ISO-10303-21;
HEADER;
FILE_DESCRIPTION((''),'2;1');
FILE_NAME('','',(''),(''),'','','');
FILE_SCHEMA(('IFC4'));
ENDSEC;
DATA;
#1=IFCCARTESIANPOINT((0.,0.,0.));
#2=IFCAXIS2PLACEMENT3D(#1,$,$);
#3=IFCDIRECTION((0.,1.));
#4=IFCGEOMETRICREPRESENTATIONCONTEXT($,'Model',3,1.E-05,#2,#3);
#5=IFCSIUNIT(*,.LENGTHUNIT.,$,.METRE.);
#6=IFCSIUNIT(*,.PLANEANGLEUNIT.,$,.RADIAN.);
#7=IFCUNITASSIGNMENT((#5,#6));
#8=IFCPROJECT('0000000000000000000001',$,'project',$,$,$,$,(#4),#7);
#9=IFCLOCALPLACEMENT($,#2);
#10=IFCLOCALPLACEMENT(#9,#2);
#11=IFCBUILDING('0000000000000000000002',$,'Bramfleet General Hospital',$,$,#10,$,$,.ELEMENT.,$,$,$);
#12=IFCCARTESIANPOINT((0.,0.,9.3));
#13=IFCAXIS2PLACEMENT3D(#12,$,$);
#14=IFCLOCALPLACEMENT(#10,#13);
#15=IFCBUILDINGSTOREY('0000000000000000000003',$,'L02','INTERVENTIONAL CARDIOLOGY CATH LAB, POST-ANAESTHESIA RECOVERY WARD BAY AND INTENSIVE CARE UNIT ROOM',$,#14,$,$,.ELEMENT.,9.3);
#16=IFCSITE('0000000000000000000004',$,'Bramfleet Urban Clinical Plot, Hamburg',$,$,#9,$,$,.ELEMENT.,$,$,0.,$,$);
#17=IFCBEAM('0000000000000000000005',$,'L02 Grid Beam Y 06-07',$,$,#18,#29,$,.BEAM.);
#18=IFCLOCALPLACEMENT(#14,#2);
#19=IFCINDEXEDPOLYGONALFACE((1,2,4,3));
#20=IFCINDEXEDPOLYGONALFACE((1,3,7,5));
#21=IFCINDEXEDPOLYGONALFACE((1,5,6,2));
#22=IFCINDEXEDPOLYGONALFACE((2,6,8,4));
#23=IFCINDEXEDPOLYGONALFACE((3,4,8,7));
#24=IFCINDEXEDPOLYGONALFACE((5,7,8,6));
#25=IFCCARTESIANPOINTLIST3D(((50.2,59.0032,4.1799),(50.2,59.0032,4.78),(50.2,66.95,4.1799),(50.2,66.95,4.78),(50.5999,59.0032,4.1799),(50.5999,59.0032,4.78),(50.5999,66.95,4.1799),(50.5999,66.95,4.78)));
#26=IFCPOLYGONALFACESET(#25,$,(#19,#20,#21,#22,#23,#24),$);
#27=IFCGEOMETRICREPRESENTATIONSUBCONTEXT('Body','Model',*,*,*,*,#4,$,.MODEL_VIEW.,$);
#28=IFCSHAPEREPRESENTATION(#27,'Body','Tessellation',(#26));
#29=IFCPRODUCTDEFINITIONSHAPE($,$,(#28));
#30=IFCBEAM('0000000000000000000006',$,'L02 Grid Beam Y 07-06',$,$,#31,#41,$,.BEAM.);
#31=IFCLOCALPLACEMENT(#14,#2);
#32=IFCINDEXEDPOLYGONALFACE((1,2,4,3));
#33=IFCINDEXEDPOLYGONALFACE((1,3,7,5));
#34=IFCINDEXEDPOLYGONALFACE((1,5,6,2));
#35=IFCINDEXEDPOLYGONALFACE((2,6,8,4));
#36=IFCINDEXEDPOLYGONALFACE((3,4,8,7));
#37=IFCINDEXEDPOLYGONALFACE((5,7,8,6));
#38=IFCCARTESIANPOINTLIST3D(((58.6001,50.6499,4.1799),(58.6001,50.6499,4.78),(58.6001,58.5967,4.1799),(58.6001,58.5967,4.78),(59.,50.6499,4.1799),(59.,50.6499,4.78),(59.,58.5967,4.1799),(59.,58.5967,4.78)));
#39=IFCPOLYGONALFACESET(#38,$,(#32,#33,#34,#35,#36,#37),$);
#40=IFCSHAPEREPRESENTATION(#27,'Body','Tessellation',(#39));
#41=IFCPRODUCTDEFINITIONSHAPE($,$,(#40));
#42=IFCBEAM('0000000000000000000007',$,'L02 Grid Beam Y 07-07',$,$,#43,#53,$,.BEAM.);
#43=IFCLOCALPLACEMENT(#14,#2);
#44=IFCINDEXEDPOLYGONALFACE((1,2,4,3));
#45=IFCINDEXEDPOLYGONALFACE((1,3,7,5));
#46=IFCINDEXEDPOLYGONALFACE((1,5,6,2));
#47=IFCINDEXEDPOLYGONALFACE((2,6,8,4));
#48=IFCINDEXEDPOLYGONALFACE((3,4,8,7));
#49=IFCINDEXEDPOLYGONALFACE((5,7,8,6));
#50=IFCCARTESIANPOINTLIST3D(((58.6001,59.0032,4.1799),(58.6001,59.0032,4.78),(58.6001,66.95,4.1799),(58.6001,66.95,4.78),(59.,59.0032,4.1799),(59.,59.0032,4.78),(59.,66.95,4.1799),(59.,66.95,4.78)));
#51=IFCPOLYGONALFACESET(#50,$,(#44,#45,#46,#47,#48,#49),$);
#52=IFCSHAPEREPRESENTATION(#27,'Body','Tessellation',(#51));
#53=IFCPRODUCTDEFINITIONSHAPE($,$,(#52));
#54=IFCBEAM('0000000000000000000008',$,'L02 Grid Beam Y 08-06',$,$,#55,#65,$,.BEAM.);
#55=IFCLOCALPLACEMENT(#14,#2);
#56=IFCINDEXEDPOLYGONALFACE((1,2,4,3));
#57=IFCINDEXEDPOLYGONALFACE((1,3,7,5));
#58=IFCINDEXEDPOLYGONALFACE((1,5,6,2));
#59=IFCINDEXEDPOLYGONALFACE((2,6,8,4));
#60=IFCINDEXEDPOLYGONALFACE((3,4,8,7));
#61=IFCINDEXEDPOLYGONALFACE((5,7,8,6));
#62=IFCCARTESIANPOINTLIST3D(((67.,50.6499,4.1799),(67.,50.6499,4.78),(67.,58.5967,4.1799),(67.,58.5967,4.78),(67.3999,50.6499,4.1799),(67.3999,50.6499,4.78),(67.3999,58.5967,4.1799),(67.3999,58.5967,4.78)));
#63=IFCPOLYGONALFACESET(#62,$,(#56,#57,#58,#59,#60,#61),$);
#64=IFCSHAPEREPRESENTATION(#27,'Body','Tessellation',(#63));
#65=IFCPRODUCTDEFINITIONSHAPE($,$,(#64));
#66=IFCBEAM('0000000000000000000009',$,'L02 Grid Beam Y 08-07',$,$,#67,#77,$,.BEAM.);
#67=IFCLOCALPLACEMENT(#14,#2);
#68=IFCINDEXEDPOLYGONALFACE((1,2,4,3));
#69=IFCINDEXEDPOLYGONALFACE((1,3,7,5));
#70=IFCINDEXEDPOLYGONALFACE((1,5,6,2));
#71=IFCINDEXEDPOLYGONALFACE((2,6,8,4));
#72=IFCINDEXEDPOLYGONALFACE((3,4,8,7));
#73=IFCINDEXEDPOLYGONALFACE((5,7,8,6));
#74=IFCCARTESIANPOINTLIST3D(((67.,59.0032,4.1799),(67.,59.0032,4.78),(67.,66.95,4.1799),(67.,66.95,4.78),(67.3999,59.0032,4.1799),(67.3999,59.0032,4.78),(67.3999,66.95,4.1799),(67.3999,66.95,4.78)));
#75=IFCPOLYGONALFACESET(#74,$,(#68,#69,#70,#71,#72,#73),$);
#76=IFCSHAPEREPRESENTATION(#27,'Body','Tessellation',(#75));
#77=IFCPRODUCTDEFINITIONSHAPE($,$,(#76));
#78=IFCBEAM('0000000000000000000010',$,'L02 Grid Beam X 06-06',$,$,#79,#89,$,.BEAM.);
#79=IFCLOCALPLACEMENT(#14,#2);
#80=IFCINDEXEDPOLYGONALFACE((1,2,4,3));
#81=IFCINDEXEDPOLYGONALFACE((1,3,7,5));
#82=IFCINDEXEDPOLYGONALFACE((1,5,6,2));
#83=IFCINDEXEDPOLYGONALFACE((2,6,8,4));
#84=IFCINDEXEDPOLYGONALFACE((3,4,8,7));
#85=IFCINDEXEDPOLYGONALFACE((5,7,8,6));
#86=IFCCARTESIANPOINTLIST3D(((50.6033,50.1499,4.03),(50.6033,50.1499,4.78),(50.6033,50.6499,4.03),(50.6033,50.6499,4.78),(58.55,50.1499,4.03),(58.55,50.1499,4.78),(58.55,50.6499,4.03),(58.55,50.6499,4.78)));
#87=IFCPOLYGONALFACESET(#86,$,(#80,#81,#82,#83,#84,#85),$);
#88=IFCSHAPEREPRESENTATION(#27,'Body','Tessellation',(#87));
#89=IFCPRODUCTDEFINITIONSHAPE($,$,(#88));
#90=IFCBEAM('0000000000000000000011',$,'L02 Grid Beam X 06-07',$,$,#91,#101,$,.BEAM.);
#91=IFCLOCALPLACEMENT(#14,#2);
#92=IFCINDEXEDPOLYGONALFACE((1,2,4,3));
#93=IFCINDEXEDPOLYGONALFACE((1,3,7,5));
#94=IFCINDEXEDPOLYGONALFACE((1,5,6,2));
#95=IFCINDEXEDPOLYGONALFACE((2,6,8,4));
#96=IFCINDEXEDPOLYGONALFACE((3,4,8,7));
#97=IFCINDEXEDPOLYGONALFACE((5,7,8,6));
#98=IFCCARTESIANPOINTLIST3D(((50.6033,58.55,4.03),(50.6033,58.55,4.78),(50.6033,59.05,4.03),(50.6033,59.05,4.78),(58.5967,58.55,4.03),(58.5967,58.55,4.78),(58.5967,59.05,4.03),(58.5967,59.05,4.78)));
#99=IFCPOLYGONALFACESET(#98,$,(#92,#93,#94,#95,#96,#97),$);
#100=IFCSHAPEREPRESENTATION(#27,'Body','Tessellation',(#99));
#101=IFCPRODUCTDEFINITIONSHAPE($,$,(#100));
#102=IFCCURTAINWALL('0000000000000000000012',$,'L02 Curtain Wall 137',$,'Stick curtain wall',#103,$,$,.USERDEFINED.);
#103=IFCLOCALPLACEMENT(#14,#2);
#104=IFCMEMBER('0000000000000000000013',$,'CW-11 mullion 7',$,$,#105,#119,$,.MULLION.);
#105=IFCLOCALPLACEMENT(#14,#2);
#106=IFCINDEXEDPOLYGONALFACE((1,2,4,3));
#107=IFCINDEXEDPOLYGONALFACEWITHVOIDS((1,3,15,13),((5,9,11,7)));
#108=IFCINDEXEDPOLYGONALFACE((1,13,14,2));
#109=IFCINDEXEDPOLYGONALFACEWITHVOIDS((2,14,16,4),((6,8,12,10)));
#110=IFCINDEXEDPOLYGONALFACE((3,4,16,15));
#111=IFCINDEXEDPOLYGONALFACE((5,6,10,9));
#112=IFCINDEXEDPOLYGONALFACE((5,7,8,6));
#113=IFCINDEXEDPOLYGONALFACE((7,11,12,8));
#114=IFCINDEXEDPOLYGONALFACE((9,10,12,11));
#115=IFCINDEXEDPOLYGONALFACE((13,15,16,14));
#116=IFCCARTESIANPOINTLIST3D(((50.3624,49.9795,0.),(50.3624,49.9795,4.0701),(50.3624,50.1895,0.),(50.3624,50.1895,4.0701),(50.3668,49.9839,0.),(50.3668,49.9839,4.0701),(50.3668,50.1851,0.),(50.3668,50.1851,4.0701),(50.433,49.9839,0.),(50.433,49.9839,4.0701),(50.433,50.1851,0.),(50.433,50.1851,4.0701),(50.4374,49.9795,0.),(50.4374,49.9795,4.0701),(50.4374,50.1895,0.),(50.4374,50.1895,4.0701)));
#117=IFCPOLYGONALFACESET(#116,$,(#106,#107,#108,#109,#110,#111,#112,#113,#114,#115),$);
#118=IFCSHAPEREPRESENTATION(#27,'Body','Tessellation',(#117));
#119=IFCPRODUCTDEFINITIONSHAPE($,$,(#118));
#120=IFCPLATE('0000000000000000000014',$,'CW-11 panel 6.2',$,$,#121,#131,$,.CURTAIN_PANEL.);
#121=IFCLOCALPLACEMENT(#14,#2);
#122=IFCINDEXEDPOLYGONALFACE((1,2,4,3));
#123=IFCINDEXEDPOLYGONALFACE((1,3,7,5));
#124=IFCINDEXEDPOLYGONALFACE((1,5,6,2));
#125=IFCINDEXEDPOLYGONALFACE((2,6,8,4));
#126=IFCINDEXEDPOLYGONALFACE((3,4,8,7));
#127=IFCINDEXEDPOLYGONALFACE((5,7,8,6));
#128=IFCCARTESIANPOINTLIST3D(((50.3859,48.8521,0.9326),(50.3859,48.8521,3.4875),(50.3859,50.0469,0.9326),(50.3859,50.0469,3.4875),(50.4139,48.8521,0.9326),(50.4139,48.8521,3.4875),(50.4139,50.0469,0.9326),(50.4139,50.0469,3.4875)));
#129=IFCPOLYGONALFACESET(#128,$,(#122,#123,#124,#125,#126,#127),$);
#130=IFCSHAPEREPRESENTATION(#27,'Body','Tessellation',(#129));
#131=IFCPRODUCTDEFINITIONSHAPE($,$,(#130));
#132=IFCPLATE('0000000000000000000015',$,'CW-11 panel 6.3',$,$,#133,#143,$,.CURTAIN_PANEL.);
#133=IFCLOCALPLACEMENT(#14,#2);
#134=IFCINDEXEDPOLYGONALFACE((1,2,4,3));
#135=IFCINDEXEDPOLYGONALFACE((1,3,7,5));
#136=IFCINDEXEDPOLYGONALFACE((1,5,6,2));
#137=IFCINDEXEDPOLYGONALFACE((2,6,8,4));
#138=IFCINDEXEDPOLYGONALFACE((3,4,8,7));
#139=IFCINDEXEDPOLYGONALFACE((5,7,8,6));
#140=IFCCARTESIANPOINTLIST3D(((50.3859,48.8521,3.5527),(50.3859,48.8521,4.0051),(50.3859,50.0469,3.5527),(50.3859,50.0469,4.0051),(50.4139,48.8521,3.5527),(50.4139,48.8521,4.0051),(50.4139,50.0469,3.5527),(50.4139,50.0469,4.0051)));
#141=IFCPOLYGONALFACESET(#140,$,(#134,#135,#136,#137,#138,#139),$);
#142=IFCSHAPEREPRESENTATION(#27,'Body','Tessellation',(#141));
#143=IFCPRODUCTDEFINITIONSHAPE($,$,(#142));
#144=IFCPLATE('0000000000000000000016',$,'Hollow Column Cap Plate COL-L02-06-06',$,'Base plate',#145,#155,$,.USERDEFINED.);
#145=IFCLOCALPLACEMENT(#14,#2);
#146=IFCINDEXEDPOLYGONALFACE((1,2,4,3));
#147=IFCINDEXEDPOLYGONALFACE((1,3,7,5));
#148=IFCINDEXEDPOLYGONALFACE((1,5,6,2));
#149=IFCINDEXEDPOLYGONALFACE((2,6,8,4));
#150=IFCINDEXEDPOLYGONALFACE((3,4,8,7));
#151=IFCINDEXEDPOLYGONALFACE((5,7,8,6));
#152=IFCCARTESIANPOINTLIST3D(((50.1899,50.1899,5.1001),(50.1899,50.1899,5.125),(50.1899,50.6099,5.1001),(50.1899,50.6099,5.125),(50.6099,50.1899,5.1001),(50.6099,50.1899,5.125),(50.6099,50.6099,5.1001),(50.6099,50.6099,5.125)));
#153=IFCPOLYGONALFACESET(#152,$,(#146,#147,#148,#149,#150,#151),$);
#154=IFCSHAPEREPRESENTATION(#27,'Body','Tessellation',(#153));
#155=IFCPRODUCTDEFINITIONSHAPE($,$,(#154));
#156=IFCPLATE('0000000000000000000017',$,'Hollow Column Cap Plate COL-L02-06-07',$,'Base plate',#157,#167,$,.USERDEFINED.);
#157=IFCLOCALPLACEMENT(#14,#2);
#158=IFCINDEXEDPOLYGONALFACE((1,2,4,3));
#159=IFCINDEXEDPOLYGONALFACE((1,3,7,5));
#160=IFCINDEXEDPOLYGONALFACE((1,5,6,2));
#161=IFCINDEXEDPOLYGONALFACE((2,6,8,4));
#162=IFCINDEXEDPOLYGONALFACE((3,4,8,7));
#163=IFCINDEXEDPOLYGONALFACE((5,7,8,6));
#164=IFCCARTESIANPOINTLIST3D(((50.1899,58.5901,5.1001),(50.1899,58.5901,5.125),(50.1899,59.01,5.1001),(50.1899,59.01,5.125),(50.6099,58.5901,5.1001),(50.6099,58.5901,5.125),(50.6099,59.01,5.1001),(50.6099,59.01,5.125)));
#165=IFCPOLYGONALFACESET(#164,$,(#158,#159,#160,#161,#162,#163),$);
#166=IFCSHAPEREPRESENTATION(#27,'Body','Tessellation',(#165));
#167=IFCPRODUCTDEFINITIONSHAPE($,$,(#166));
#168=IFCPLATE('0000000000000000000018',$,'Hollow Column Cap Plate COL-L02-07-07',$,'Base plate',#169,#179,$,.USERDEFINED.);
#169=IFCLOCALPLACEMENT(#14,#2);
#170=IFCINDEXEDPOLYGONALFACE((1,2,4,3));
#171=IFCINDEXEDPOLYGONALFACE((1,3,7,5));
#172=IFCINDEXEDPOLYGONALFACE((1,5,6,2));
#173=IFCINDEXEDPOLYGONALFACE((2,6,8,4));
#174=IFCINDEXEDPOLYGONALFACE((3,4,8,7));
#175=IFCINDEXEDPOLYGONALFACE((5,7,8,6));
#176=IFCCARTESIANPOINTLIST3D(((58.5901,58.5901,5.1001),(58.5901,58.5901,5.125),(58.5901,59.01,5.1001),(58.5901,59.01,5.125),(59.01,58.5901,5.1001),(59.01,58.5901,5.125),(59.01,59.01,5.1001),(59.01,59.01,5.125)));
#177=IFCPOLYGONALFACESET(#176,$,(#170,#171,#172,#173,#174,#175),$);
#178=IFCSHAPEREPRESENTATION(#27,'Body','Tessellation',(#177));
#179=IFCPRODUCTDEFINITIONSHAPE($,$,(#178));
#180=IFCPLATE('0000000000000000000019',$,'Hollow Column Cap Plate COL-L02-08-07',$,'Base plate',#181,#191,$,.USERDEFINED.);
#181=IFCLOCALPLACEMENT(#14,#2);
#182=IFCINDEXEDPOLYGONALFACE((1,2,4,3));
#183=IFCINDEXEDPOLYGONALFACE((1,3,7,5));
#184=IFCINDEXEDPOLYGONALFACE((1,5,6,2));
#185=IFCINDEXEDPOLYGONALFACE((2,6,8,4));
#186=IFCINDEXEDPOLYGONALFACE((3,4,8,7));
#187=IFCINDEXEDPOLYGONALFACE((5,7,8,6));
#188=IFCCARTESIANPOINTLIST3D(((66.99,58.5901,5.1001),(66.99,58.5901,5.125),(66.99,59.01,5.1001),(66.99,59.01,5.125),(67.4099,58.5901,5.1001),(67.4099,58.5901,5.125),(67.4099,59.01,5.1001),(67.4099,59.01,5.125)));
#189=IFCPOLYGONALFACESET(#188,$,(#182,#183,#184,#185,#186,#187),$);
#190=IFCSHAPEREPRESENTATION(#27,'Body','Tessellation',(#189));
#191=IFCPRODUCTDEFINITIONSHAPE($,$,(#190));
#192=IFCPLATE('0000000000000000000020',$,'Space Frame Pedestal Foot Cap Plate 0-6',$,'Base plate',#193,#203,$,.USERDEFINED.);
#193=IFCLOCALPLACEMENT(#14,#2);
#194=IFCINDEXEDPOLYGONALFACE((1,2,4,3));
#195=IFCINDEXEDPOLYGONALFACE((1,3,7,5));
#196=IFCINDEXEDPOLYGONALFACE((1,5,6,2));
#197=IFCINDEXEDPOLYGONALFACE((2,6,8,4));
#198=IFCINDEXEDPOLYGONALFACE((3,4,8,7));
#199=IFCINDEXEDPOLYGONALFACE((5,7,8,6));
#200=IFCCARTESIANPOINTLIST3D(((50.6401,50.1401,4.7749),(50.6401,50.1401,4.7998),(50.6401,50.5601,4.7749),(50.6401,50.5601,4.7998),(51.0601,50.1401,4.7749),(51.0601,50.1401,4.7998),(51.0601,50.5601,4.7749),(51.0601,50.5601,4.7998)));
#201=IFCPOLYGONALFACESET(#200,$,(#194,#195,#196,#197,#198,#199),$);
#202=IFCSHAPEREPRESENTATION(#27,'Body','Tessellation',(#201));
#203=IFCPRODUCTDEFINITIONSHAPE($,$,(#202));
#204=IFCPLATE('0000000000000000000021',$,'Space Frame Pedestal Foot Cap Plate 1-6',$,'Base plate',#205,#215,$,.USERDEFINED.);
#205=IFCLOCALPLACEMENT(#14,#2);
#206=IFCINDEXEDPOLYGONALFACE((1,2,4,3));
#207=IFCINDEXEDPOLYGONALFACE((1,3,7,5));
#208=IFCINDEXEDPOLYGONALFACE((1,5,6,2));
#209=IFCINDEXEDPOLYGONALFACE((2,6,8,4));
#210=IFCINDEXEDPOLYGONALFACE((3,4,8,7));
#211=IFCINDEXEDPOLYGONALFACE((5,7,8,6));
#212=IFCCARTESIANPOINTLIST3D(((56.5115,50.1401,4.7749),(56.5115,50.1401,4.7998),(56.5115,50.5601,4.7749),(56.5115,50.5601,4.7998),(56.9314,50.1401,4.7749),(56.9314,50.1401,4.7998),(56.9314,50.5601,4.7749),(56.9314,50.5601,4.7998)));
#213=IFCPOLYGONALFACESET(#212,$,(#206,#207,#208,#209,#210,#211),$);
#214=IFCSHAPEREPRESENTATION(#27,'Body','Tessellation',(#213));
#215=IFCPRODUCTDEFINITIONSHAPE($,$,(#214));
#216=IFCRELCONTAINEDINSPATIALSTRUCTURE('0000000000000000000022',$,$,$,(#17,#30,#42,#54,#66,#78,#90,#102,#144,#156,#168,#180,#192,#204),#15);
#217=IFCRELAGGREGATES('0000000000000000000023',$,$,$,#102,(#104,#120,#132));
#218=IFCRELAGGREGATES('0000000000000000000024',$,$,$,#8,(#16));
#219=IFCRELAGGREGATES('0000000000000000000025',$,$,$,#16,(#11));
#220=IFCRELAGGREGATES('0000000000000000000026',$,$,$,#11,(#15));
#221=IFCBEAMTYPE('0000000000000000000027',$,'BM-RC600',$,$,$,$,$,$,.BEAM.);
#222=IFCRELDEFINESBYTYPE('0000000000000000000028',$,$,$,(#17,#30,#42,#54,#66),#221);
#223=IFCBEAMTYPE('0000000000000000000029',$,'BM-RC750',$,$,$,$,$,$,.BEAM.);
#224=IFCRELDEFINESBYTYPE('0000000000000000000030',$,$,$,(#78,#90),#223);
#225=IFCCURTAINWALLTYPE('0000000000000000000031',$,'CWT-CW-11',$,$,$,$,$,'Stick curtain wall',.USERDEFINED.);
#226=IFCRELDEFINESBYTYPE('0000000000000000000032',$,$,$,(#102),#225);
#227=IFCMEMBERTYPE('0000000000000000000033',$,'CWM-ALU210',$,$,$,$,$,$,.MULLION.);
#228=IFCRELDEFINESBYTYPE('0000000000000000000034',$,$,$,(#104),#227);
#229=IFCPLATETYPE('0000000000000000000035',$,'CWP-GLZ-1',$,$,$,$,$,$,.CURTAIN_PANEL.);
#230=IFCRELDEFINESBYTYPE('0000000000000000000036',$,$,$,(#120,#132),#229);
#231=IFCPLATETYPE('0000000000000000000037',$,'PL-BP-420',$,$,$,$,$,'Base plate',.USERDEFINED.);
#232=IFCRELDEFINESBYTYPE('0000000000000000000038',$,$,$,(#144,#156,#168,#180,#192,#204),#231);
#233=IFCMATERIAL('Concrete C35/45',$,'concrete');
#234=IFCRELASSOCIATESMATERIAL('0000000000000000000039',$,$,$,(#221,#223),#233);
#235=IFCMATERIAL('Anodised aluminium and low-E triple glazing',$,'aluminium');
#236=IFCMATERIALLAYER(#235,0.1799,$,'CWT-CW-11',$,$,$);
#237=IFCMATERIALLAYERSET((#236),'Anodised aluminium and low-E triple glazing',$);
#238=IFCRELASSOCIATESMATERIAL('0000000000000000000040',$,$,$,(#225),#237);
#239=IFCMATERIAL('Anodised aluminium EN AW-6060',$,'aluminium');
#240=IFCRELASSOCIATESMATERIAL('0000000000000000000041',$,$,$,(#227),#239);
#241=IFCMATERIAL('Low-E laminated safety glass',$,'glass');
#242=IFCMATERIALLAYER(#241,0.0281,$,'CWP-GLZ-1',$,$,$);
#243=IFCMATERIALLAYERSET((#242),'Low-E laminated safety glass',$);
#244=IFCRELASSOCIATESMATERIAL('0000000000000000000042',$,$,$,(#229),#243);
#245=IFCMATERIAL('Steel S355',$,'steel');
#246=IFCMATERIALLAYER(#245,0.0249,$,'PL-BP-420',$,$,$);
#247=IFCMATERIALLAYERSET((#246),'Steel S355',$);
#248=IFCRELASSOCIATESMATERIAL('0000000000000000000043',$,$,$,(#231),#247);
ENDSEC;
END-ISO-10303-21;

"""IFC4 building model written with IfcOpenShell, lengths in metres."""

from ifc_helpers import new_model, si_unit, direction, frame, origin, origin_2d, place, context, subcontext, project, spatial, rectangle, hollow_rectangle, extrude, material, layer, layer_set, material_profile, profile_set, type_object, element, aggregate, save


model = new_model("IFC4")

# Units and contexts
model_context = context("Model", 3, precision=1e-05, world=origin(), true_north=direction((0.0, 1.0)))
body_context = subcontext(model_context, "Body", "Model", "MODEL_VIEW")
ifc_project = project(units=[si_unit("LENGTHUNIT", "METRE"), si_unit("PLANEANGLEUNIT", "RADIAN")], contexts=[model_context])

# Site, building, storey
site_placement = place(None, origin())
site = spatial("IfcSite", under=ifc_project, at=site_placement, Name="Bramfleet Urban Clinical Plot, Hamburg", CompositionType="ELEMENT", RefElevation=0.0)
building_placement = place(site_placement, origin())
building = spatial("IfcBuilding", under=site, at=building_placement, Name="Bramfleet General Hospital", CompositionType="ELEMENT")
storey_placement = place(building_placement, frame((0.0, 0.0, 9.3)))
storey = spatial("IfcBuildingStorey", under=building, at=storey_placement, Name="L02", Description="INTERVENTIONAL CARDIOLOGY CATH LAB, POST-ANAESTHESIA RECOVERY WARD BAY AND INTENSIVE CARE UNIT ROOM", CompositionType="ELEMENT", Elevation=9.3)

# Shared definitions
ifc_material_1 = material(Name="Steel S355", Category="steel")

# Beams
ifc_material_2 = material(Name="Concrete C35/45", Category="concrete")
ifc_material_profile_1 = material_profile(ifc_material_2, rectangle(XDim=0.3999, YDim=0.6001, at=origin_2d()), Name="RC BM 600x400")
ifc_profile_set_1 = profile_set([ifc_material_profile_1], Name="Concrete C35/45")
beam_type_1 = type_object("IfcBeamType", Name="BM-RC600", PredefinedType="BEAM", material=ifc_profile_set_1)
for number, where, z_axis, x_axis, name in (
    (1, (50.3999, 59.0032, 4.48), (0.0, 1.0, 0.0), (-1.0, 0.0, 0.0), "L02 Grid Beam Y 06-07"),
    (2, (58.8, 50.6499, 4.48), (0.0, 1.0, 0.0), (-1.0, 0.0, 0.0), "L02 Grid Beam Y 07-06"),
    (3, (58.8, 59.0032, 4.48), (0.0, 1.0, 0.0), (-1.0, 0.0, 0.0), "L02 Grid Beam Y 07-07"),
    (4, (67.2, 50.6499, 4.48), (0.0, 1.0, 0.0), (-1.0, 0.0, 0.0), "L02 Grid Beam Y 08-06"),
    (5, (67.2, 59.0032, 4.48), (0.0, 1.0, 0.0), (-1.0, 0.0, 0.0), "L02 Grid Beam Y 08-07"),
):
    element("IfcBeam", number, at=place(storey_placement, frame(where, z_axis=z_axis, x_axis=x_axis)), inside=storey, type_object=beam_type_1, Name=name, PredefinedType="BEAM", context=body_context, shape_type="SweptSolid", body=[
        extrude(rectangle(XDim=0.3999, YDim=0.6001, at=origin_2d()), origin(), (0.0, 0.0, 1.0), 7.9468),
    ])
ifc_material_profile_2 = material_profile(ifc_material_2, rectangle(XDim=0.5, YDim=0.75, at=origin_2d()), Name="RC BM 750x500")
ifc_profile_set_2 = profile_set([ifc_material_profile_2], Name="Concrete C35/45")
beam_type_2 = type_object("IfcBeamType", Name="BM-RC750", PredefinedType="BEAM", material=ifc_profile_set_2)
beam_1_placement = place(storey_placement, frame((50.6033, 50.3999, 4.405), z_axis=(1.0, 0.0, 0.0), x_axis=(0.0, 1.0, 0.0)))
element("IfcBeam", 6, at=beam_1_placement, inside=storey, type_object=beam_type_2, Name="L02 Grid Beam X 06-06", PredefinedType="BEAM", context=body_context, shape_type="SweptSolid", body=[
    extrude(rectangle(XDim=0.5, YDim=0.75, at=origin_2d()), origin(), (0.0, 0.0, 1.0), 7.9468),
])
beam_2_placement = place(storey_placement, frame((50.6033, 58.8, 4.405), z_axis=(1.0, 0.0, 0.0), x_axis=(0.0, 1.0, 0.0)))
element("IfcBeam", 7, at=beam_2_placement, inside=storey, type_object=beam_type_2, Name="L02 Grid Beam X 06-07", PredefinedType="BEAM", context=body_context, shape_type="SweptSolid", body=[
    extrude(rectangle(XDim=0.5, YDim=0.75, at=origin_2d()), origin(), (0.0, 0.0, 1.0), 7.9934),
])

# Curtain wall, member, plates
ifc_material_3 = material(Name="Anodised aluminium and low-E triple glazing", Category="aluminium")
ifc_layer_1 = layer(ifc_material_3, 0.1799, Name="CWT-CW-11")
ifc_layer_set_1 = layer_set([ifc_layer_1], Name="Anodised aluminium and low-E triple glazing")
curtain_wall_type = type_object("IfcCurtainWallType", Name="CWT-CW-11", ElementType="Stick curtain wall", PredefinedType="USERDEFINED", material=ifc_layer_set_1)
curtain_wall_placement = place(storey_placement, origin())
curtain_wall = element("IfcCurtainWall", 8, at=curtain_wall_placement, inside=storey, type_object=curtain_wall_type, Name="L02 Curtain Wall 137", ObjectType="Stick curtain wall", PredefinedType="USERDEFINED")
ifc_material_4 = material(Name="Anodised aluminium EN AW-6060", Category="aluminium")
ifc_material_profile_3 = material_profile(ifc_material_4, hollow_rectangle(XDim=0.075, YDim=0.21, WallThickness=0.0044, at=origin_2d()), Name="ALU 210x75x4.5")
ifc_profile_set_3 = profile_set([ifc_material_profile_3], Name="Anodised aluminium EN AW-6060")
member_type = type_object("IfcMemberType", Name="CWM-ALU210", PredefinedType="MULLION", material=ifc_profile_set_3)
member_placement = place(storey_placement, frame((50.3999, 50.0845, 0.0), z_axis=(0.0, 0.0, 1.0), x_axis=(-1.0, 0.0, 0.0)))
member = element("IfcMember", 9, at=member_placement, type_object=member_type, Name="CW-11 mullion 7", PredefinedType="MULLION", context=body_context, shape_type="SweptSolid", body=[
    extrude(hollow_rectangle(XDim=0.075, YDim=0.21, WallThickness=0.0044, at=origin_2d()), origin(), (0.0, 0.0, 1.0), 4.0701),
])
ifc_material_5 = material(Name="Low-E laminated safety glass", Category="glass")
ifc_layer_2 = layer(ifc_material_5, 0.0281, Name="CWP-GLZ-1")
ifc_layer_set_2 = layer_set([ifc_layer_2], Name="Low-E laminated safety glass")
plate_type_1 = type_object("IfcPlateType", Name="CWP-GLZ-1", PredefinedType="CURTAIN_PANEL", material=ifc_layer_set_2)
plate_1_placement = place(storey_placement, frame((50.3999, 49.4495, 0.9326), z_axis=(0.0, 0.0, 1.0), x_axis=(0.0, 1.0, 0.0)))
plate_1 = element("IfcPlate", 10, at=plate_1_placement, type_object=plate_type_1, Name="CW-11 panel 6.2", PredefinedType="CURTAIN_PANEL", context=body_context, shape_type="SweptSolid", body=[
    extrude(rectangle(XDim=1.1948, YDim=0.0281, at=origin_2d()), origin(), (0.0, 0.0, 1.0), 2.5549),
])
plate_2_placement = place(storey_placement, frame((50.3999, 49.4495, 3.5527), z_axis=(0.0, 0.0, 1.0), x_axis=(0.0, 1.0, 0.0)))
plate_2 = element("IfcPlate", 11, at=plate_2_placement, type_object=plate_type_1, Name="CW-11 panel 6.3", PredefinedType="CURTAIN_PANEL", context=body_context, shape_type="SweptSolid", body=[
    extrude(rectangle(XDim=1.1948, YDim=0.0281, at=origin_2d()), origin(), (0.0, 0.0, 1.0), 0.4524),
])
aggregate(curtain_wall, [member, plate_1, plate_2])

# Plates
ifc_layer_3 = layer(ifc_material_1, 0.0249, Name="PL-BP-420")
ifc_layer_set_3 = layer_set([ifc_layer_3], Name="Steel S355")
plate_type_2 = type_object("IfcPlateType", Name="PL-BP-420", ElementType="Base plate", PredefinedType="USERDEFINED", material=ifc_layer_set_3)
for number, where, z_axis, x_axis, name in (
    (12, (50.3999, 50.3999, 5.1001), (0.0, 0.0, 1.0), (1.0, 0.0, 0.0), "Hollow Column Cap Plate COL-L02-06-06"),
    (13, (50.3999, 58.8, 5.1001), (0.0, 0.0, 1.0), (1.0, 0.0, 0.0), "Hollow Column Cap Plate COL-L02-06-07"),
    (14, (58.8, 58.8, 5.1001), (0.0, 0.0, 1.0), (1.0, 0.0, 0.0), "Hollow Column Cap Plate COL-L02-07-07"),
    (15, (67.2, 58.8, 5.1001), (0.0, 0.0, 1.0), (1.0, 0.0, 0.0), "Hollow Column Cap Plate COL-L02-08-07"),
    (16, (50.8501, 50.3501, 4.7749), (0.0, 0.0, 1.0), (1.0, 0.0, 0.0), "Space Frame Pedestal Foot Cap Plate 0-6"),
    (17, (56.7214, 50.3501, 4.7749), (0.0, 0.0, 1.0), (1.0, 0.0, 0.0), "Space Frame Pedestal Foot Cap Plate 1-6"),
):
    element("IfcPlate", number, at=place(storey_placement, frame(where, z_axis=z_axis, x_axis=x_axis)), inside=storey, type_object=plate_type_2, Name=name, ObjectType="Base plate", PredefinedType="USERDEFINED", context=body_context, shape_type="SweptSolid", body=[
        extrude(rectangle(XDim=0.4199, YDim=0.4199, at=origin_2d()), origin(), (0.0, 0.0, 1.0), 0.0249),
    ])

save(model, "model.ifc")
